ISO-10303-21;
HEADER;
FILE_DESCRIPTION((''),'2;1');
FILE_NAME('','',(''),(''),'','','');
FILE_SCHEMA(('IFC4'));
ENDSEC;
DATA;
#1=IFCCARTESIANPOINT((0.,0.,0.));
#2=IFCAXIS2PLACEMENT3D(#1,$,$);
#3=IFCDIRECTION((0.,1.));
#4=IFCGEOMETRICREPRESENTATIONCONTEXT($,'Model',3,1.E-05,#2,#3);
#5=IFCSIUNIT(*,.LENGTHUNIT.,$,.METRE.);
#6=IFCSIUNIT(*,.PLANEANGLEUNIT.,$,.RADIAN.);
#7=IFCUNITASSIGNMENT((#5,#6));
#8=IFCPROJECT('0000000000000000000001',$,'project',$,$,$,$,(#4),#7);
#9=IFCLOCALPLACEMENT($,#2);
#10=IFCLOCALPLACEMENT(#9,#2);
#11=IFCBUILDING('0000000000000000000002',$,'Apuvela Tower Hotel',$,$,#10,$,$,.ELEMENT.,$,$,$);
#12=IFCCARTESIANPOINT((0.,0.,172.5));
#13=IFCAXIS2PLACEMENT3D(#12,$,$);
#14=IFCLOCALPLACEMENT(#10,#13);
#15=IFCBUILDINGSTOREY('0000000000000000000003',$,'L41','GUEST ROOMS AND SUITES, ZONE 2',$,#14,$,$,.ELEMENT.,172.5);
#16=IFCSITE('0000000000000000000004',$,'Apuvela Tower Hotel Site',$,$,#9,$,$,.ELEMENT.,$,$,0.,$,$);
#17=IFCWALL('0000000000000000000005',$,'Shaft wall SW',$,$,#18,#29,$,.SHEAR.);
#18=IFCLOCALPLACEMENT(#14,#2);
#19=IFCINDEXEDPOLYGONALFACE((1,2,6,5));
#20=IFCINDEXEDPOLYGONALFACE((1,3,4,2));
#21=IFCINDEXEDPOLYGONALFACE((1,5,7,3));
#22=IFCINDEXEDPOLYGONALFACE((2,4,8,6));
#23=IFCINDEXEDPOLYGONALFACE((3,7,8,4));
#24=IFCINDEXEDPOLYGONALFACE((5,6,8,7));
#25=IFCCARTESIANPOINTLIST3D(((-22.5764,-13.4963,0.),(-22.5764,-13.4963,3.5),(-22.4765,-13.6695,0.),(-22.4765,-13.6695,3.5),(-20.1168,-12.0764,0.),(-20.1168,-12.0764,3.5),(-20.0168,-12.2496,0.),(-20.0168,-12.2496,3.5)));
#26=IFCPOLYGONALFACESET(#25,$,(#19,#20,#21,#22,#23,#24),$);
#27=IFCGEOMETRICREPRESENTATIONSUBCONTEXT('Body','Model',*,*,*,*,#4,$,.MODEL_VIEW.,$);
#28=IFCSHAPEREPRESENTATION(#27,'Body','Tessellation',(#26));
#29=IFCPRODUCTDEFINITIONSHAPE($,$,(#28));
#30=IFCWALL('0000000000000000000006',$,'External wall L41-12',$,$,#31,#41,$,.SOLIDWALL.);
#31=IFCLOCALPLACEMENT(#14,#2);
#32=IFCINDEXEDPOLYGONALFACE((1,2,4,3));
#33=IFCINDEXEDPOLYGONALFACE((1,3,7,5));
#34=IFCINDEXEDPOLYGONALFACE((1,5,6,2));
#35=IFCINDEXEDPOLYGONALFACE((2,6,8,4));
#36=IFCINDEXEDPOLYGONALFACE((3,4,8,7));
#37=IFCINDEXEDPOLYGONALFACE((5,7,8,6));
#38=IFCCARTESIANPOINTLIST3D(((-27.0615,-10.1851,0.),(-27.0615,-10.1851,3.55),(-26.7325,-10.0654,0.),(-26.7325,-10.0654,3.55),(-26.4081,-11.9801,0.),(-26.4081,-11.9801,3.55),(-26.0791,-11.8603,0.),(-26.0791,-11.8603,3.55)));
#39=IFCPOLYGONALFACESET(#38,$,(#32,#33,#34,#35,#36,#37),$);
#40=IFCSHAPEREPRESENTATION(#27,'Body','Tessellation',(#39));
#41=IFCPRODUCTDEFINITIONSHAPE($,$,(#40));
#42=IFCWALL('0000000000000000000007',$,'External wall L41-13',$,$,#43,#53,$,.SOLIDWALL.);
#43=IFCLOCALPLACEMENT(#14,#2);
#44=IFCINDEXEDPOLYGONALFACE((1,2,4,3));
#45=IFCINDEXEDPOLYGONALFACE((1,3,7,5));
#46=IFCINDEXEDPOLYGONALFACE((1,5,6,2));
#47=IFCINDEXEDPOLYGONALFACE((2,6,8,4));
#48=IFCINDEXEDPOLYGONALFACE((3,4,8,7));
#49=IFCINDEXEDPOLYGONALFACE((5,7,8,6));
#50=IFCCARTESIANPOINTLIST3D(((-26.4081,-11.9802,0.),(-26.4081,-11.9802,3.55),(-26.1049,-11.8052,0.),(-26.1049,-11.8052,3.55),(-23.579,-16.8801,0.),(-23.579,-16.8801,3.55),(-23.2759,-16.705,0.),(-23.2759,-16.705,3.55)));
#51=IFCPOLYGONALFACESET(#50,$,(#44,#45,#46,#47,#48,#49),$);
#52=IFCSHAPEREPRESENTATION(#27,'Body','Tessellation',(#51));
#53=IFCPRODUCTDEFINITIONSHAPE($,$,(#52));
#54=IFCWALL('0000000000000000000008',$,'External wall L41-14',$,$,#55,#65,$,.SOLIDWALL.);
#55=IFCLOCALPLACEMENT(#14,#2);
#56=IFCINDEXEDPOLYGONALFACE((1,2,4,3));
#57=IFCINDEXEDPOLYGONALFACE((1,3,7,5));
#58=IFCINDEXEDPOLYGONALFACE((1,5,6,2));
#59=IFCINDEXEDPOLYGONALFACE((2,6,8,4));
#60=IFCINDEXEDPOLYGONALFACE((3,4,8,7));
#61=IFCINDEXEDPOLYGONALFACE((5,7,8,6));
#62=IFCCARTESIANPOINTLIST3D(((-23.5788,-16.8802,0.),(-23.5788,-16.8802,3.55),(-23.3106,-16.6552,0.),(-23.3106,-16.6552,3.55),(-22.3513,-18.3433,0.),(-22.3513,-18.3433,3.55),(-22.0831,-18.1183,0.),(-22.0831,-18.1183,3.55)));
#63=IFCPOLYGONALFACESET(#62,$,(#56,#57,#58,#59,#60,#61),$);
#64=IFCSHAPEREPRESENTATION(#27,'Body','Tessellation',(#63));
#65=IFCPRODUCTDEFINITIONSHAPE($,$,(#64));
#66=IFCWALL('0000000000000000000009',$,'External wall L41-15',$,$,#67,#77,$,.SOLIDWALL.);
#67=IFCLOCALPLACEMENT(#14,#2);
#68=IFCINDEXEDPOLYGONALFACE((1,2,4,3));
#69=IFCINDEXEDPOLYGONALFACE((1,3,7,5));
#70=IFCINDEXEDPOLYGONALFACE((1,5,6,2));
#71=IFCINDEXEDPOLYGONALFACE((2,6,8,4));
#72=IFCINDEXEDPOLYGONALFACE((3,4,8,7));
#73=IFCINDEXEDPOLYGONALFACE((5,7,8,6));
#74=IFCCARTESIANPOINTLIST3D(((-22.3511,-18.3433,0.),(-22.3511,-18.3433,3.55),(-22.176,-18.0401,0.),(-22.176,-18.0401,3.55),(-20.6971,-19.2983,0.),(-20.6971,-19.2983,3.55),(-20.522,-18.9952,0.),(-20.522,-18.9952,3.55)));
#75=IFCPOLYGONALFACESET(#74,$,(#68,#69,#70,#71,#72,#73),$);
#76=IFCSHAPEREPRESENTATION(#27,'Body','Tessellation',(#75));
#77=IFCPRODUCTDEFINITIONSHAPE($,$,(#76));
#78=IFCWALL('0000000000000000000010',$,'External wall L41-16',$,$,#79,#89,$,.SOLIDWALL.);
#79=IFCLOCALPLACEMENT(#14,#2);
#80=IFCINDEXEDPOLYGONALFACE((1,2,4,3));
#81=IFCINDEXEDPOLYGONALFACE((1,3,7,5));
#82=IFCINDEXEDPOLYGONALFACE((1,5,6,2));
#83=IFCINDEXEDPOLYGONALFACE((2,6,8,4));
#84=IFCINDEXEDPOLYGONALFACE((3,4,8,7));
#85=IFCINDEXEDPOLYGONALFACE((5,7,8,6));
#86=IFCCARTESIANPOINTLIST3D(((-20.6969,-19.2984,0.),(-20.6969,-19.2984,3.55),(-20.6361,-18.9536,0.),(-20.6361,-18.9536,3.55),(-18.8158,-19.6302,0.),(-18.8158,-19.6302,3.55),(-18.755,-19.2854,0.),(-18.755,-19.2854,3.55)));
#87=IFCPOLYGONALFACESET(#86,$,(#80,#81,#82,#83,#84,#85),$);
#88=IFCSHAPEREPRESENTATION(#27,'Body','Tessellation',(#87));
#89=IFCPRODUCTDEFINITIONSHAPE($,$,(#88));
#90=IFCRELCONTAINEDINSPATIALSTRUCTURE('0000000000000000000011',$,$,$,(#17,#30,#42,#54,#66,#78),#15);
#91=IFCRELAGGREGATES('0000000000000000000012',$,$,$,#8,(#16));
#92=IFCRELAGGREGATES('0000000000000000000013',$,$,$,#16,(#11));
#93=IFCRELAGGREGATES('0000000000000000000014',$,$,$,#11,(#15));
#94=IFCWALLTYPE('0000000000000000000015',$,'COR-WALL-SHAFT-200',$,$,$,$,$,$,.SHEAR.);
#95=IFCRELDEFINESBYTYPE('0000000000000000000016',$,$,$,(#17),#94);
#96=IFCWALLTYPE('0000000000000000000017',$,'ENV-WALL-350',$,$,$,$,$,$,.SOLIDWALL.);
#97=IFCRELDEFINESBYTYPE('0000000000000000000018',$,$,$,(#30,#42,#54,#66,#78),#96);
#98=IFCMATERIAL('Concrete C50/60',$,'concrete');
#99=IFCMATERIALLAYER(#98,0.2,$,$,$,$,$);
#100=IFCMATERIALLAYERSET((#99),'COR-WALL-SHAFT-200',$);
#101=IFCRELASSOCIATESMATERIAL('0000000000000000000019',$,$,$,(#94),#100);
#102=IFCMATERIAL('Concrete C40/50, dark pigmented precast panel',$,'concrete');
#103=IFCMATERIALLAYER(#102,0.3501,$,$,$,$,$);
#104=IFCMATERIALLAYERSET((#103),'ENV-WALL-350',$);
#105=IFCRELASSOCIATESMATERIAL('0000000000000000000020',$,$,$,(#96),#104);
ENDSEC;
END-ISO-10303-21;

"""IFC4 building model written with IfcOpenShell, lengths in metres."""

from ifc_helpers import new_model, si_unit, direction, frame, frame_2d, origin, place, context, subcontext, project, spatial, rectangle, extrude, material, layer, layer_set, type_object, element, save


model = new_model("IFC4")

# Units and contexts
model_context = context("Model", 3, precision=1e-05, world=origin(), true_north=direction((0.0, 1.0)))
body_context = subcontext(model_context, "Body", "Model", "MODEL_VIEW")
ifc_project = project(units=[si_unit("LENGTHUNIT", "METRE"), si_unit("PLANEANGLEUNIT", "RADIAN")], contexts=[model_context])

# Site, building, storey
site_placement = place(None, origin())
site = spatial("IfcSite", under=ifc_project, at=site_placement, Name="Apuvela Tower Hotel Site", CompositionType="ELEMENT", RefElevation=0.0)
building_placement = place(site_placement, origin())
building = spatial("IfcBuilding", under=site, at=building_placement, Name="Apuvela Tower Hotel", CompositionType="ELEMENT")
storey_placement = place(building_placement, frame((0.0, 0.0, 172.5)))
storey = spatial("IfcBuildingStorey", under=building, at=storey_placement, Name="L41", Description="GUEST ROOMS AND SUITES, ZONE 2", CompositionType="ELEMENT", Elevation=172.5)

# Shared definitions
ifc_material_1 = material(Name="Concrete C50/60", Category="concrete")
ifc_layer_1 = layer(ifc_material_1, 0.2)
ifc_layer_set_1 = layer_set([ifc_layer_1], Name="COR-WALL-SHAFT-200")
wall_type_1 = type_object("IfcWallType", Name="COR-WALL-SHAFT-200", PredefinedType="SHEAR", material=ifc_layer_set_1)

# Walls
wall_1_placement = place(storey_placement, frame((-20.0669, -12.1631, 0.0), z_axis=(0.0, 0.0, 1.0), x_axis=(-0.866055, -0.499948, 0.0)))
element("IfcWall", 1, at=wall_1_placement, inside=storey, type_object=wall_type_1, Name="Shaft wall SW", PredefinedType="SHEAR", context=body_context, shape_type="SweptSolid", body=[
    extrude(rectangle(XDim=2.8401, YDim=0.2, at=frame_2d((1.4199, 0.0))), origin(), (0.0, 0.0, 1.0), 3.5),
])
ifc_material_2 = material(Name="Concrete C40/50, dark pigmented precast panel", Category="concrete")
ifc_layer_2 = layer(ifc_material_2, 0.3501)
ifc_layer_set_2 = layer_set([ifc_layer_2], Name="ENV-WALL-350")
wall_type_2 = type_object("IfcWallType", Name="ENV-WALL-350", PredefinedType="SOLIDWALL", material=ifc_layer_set_2)
wall_2_placement = place(storey_placement, frame((-26.897, -10.1252, 0.0), z_axis=(0.0, 0.0, 1.0), x_axis=(0.34203, -0.939689, 0.0)))
element("IfcWall", 2, at=wall_2_placement, inside=storey, type_object=wall_type_2, Name="External wall L41-12", PredefinedType="SOLIDWALL", context=body_context, shape_type="SweptSolid", body=[
    extrude(rectangle(XDim=1.9102, YDim=0.3501, at=frame_2d((0.9551, 0.0))), origin(), (0.0, 0.0, 1.0), 3.55),
])
wall_3_placement = place(storey_placement, frame((-26.2566, -11.8926, 0.0), z_axis=(0.0, 0.0, 1.0), x_axis=(0.500019, -0.866015, 0.0)))
element("IfcWall", 3, at=wall_3_placement, inside=storey, type_object=wall_type_2, Name="External wall L41-13", PredefinedType="SOLIDWALL", context=body_context, shape_type="SweptSolid", body=[
    extrude(rectangle(XDim=5.658, YDim=0.3501, at=frame_2d((2.8291, 0.0))), origin(), (0.0, 0.0, 1.0), 3.55),
])
for number, where, z_axis, x_axis, name in (
    (4, (-23.4448, -16.7676, 0.0), (0.0, 0.0, 1.0), (0.642733, -0.76609, 0.0), "External wall L41-14"),
    (5, (-22.2637, -18.1917, 0.0), (0.0, 0.0, 1.0), (0.866, -0.500043, 0.0), "External wall L41-15"),
):
    element("IfcWall", number, at=place(storey_placement, frame(where, z_axis=z_axis, x_axis=x_axis)), inside=storey, type_object=wall_type_2, Name=name, PredefinedType="SOLIDWALL", context=body_context, shape_type="SweptSolid", body=[
        extrude(rectangle(XDim=1.9099, YDim=0.3501, at=frame_2d((0.9551, 0.0))), origin(), (0.0, 0.0, 1.0), 3.55),
    ])
wall_4_placement = place(storey_placement, frame((-20.6665, -19.126, 0.0), z_axis=(0.0, 0.0, 1.0), x_axis=(0.984799, -0.173698, 0.0)))
element("IfcWall", 6, at=wall_4_placement, inside=storey, type_object=wall_type_2, Name="External wall L41-16", PredefinedType="SOLIDWALL", context=body_context, shape_type="SweptSolid", body=[
    extrude(rectangle(XDim=1.9102, YDim=0.3501, at=frame_2d((0.9551, 0.0))), origin(), (0.0, 0.0, 1.0), 3.55),
])

save(model, "model.ifc")
